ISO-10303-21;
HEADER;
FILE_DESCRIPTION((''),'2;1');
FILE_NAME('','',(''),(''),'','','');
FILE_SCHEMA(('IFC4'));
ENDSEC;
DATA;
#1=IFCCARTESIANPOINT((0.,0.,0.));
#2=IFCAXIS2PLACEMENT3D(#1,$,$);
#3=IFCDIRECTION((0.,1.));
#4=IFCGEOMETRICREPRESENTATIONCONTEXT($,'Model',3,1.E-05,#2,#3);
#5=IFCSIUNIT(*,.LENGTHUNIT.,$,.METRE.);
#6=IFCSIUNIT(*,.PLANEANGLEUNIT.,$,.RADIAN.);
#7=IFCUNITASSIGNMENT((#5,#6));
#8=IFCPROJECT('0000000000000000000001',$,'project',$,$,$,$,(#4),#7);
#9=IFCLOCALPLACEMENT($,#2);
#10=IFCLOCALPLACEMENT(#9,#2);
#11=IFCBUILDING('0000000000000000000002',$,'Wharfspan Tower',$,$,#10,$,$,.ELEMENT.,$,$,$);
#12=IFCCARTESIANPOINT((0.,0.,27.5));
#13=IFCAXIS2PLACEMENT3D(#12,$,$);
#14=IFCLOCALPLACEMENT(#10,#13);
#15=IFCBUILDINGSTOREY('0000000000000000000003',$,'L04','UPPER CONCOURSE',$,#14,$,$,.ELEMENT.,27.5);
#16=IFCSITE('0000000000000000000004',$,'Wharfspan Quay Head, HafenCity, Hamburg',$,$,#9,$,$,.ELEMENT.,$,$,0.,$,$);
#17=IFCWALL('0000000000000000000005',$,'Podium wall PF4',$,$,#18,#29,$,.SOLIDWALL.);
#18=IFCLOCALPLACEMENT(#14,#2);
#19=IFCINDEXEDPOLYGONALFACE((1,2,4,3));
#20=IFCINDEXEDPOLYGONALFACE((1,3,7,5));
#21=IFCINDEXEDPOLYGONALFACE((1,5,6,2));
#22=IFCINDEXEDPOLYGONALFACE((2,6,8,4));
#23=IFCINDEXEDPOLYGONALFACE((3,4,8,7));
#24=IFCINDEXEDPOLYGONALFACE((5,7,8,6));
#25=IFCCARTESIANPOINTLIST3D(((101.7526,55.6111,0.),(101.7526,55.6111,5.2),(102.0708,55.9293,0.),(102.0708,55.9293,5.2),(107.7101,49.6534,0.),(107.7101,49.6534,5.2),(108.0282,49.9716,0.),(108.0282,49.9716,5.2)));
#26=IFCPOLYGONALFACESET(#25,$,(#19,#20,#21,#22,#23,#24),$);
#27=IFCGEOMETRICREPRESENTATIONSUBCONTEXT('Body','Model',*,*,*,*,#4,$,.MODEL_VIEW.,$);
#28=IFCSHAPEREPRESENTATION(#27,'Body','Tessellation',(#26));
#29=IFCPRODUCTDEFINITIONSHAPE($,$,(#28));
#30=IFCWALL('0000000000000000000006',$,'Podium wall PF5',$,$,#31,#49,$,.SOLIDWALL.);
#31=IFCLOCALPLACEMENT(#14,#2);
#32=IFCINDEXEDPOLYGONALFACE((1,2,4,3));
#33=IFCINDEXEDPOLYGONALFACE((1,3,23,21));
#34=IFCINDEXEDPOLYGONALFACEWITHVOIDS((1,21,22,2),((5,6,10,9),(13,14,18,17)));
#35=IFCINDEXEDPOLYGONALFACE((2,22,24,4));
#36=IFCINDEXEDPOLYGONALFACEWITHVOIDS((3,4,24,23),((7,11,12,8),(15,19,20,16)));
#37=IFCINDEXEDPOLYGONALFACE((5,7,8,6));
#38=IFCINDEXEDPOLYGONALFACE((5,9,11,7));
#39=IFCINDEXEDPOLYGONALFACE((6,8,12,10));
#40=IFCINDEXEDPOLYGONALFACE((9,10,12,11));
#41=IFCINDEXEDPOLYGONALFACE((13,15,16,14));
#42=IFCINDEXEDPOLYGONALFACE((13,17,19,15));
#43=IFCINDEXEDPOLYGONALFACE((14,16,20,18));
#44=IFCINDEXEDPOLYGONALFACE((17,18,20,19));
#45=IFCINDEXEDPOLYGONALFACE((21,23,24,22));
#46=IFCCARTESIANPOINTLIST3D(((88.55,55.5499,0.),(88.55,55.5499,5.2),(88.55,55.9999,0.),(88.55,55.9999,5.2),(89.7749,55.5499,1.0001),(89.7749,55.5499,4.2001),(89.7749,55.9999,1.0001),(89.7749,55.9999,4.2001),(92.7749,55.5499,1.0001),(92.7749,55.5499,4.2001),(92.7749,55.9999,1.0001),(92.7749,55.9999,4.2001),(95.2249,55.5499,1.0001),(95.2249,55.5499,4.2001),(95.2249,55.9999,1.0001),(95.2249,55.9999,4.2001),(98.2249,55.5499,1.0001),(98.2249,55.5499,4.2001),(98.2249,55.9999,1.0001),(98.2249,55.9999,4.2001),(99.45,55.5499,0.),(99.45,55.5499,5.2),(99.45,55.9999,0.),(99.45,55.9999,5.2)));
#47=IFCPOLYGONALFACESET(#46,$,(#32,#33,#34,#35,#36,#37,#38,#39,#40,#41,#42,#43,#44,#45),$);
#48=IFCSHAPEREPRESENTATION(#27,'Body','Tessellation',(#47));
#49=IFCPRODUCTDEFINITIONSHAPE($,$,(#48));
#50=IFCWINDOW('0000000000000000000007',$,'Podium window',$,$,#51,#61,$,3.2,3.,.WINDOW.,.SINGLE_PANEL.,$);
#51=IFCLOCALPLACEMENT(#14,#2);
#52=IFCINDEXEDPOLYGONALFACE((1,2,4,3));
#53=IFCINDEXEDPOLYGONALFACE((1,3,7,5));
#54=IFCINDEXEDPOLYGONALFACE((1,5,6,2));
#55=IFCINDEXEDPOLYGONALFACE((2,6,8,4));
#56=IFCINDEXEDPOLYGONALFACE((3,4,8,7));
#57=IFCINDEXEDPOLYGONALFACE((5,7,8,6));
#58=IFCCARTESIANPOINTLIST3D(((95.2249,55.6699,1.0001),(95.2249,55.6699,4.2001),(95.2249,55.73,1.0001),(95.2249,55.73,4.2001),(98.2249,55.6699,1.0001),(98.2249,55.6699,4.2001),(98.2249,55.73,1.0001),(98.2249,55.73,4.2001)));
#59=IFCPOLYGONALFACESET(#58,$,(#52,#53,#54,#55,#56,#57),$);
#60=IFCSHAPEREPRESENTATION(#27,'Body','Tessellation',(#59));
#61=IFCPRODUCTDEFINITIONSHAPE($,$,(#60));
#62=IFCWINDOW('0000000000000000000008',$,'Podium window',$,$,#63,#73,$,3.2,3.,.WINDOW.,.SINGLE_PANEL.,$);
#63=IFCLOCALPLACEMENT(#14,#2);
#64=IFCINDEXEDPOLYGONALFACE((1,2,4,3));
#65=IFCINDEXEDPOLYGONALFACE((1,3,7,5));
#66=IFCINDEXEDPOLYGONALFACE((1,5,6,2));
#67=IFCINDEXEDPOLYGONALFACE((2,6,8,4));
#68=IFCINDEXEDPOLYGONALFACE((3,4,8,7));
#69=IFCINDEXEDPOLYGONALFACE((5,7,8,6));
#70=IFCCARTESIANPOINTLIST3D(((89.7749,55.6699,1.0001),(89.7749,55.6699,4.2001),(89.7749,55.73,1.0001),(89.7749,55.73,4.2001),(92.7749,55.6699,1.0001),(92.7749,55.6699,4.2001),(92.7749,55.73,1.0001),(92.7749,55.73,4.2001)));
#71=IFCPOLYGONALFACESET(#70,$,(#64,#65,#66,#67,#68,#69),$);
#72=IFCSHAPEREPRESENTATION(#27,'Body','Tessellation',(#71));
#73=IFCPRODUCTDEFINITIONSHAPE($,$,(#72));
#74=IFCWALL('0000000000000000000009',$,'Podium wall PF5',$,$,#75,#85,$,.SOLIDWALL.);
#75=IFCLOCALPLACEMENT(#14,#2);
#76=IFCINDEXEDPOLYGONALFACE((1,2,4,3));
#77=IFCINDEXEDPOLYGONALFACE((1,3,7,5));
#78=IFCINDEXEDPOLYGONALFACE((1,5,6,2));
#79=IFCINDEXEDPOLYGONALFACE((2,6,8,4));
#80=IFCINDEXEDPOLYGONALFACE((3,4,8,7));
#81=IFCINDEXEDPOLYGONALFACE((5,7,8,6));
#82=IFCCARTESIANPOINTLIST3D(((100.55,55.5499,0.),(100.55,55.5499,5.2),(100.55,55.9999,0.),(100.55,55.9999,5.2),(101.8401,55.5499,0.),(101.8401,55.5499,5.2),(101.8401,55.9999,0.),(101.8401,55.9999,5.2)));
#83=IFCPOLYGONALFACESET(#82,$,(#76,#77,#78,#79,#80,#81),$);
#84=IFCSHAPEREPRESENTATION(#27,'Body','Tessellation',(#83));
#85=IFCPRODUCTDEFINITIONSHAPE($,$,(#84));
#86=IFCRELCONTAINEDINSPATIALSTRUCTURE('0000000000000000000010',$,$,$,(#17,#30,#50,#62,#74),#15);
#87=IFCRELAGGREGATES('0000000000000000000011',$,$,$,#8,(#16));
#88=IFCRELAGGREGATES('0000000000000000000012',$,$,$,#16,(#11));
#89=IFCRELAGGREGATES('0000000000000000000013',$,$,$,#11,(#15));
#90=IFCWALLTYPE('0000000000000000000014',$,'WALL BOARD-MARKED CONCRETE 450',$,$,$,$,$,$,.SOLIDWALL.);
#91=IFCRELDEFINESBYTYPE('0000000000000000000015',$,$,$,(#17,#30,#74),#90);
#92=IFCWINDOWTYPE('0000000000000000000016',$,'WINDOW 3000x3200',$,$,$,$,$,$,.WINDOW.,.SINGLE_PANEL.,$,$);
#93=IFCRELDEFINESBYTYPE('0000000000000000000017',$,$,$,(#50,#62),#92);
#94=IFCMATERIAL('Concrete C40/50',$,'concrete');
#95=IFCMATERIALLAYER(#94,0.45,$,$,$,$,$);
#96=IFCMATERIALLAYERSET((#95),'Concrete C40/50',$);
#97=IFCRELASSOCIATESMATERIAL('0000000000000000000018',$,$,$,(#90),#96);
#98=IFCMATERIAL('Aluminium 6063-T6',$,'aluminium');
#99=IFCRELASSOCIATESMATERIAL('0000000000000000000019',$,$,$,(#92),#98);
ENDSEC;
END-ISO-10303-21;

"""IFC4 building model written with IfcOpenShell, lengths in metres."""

from ifc_helpers import new_model, si_unit, direction, frame, frame_2d, origin, place, context, subcontext, project, spatial, rectangle, extrude, material, layer, layer_set, type_object, element, fill, save


model = new_model("IFC4")

# Units and contexts
model_context = context("Model", 3, precision=1e-05, world=origin(), true_north=direction((0.0, 1.0)))
body_context = subcontext(model_context, "Body", "Model", "MODEL_VIEW")
ifc_project = project(units=[si_unit("LENGTHUNIT", "METRE"), si_unit("PLANEANGLEUNIT", "RADIAN")], contexts=[model_context])

# Site, building, storey
site_placement = place(None, origin())
site = spatial("IfcSite", under=ifc_project, at=site_placement, Name="Wharfspan Quay Head, HafenCity, Hamburg", CompositionType="ELEMENT", RefElevation=0.0)
building_placement = place(site_placement, origin())
building = spatial("IfcBuilding", under=site, at=building_placement, Name="Wharfspan Tower", CompositionType="ELEMENT")
storey_placement = place(building_placement, frame((0.0, 0.0, 27.5)))
storey = spatial("IfcBuildingStorey", under=building, at=storey_placement, Name="L04", Description="UPPER CONCOURSE", CompositionType="ELEMENT", Elevation=27.5)

# Shared definitions
ifc_material_1 = material(Name="Aluminium 6063-T6", Category="aluminium")

# Wall
ifc_material_2 = material(Name="Concrete C40/50", Category="concrete")
ifc_layer_1 = layer(ifc_material_2, 0.45)
ifc_layer_set_1 = layer_set([ifc_layer_1], Name="Concrete C40/50")
wall_type_1 = type_object("IfcWallType", Name="WALL BOARD-MARKED CONCRETE 450", PredefinedType="SOLIDWALL", material=ifc_layer_set_1)
wall_1_placement = place(storey_placement, frame((107.8691, 49.8125, 0.0), z_axis=(0.0, 0.0, 1.0), x_axis=(-0.707092, 0.707121, 0.0)))
element("IfcWall", 1, at=wall_1_placement, inside=storey, type_object=wall_type_1, Name="Podium wall PF4", PredefinedType="SOLIDWALL", context=body_context, shape_type="SweptSolid", body=[
    extrude(rectangle(XDim=8.4253, YDim=0.45, at=frame_2d((4.2126, 0.0))), origin(), (0.0, 0.0, 1.0), 5.2),
])

# Wall, openings, windows
wall_2_placement = place(storey_placement, frame((99.45, 55.7749, 0.0), z_axis=(0.0, 0.0, 1.0), x_axis=(-1.0, 0.0, 0.0)))
wall_2 = element("IfcWall", 2, at=wall_2_placement, inside=storey, type_object=wall_type_1, Name="Podium wall PF5", PredefinedType="SOLIDWALL", context=body_context, shape_type="SweptSolid", body=[
    extrude(rectangle(XDim=10.8999, YDim=0.45, at=frame_2d((5.45, 0.0))), origin(), (0.0, 0.0, 1.0), 5.2),
])
opening_1_placement = place(wall_2_placement, frame((1.2251, 0.0, 1.0)))
opening_1 = element("IfcOpeningElement", 3, at=opening_1_placement, cuts=wall_2, PredefinedType="OPENING", context=body_context, shape_type="SweptSolid", body=[
    extrude(rectangle(XDim=3.0, YDim=3.2, at=frame_2d((1.5, 1.6001))), frame((0.0, 0.2349, 0.0), z_axis=(0.0, -1.0, 0.0), x_axis=(1.0, 0.0, 0.0)), (0.0, 0.0, 1.0), 0.47),
])
opening_2_placement = place(wall_2_placement, frame((6.675, 0.0, 1.0)))
opening_2 = element("IfcOpeningElement", 4, at=opening_2_placement, cuts=wall_2, PredefinedType="OPENING", context=body_context, shape_type="SweptSolid", body=[
    extrude(rectangle(XDim=3.0, YDim=3.2, at=frame_2d((1.5, 1.6001))), frame((0.0, 0.2349, 0.0), z_axis=(0.0, -1.0, 0.0), x_axis=(1.0, 0.0, 0.0)), (0.0, 0.0, 1.0), 0.47),
])
window_type = type_object("IfcWindowType", Name="WINDOW 3000x3200", PartitioningType="SINGLE_PANEL", PredefinedType="WINDOW", material=ifc_material_1)
window_1_placement = place(opening_1_placement, origin())
window_1 = element("IfcWindow", 5, at=window_1_placement, inside=storey, type_object=window_type, Name="Podium window", OverallHeight=3.2, OverallWidth=3.0, PartitioningType="SINGLE_PANEL", PredefinedType="WINDOW", context=body_context, shape_type="SweptSolid", body=[
    extrude(rectangle(XDim=3.0, YDim=3.2, at=frame_2d((1.5, 1.6001))), frame((0.0, 0.105, 0.0), z_axis=(0.0, -1.0, 0.0), x_axis=(1.0, 0.0, 0.0)), (0.0, 0.0, 1.0), 0.0601),
])
fill(opening_1, window_1)
window_2_placement = place(opening_2_placement, origin())
window_2 = element("IfcWindow", 6, at=window_2_placement, inside=storey, type_object=window_type, Name="Podium window", OverallHeight=3.2, OverallWidth=3.0, PartitioningType="SINGLE_PANEL", PredefinedType="WINDOW", context=body_context, shape_type="SweptSolid", body=[
    extrude(rectangle(XDim=3.0, YDim=3.2, at=frame_2d((1.5, 1.6001))), frame((0.0, 0.105, 0.0), z_axis=(0.0, -1.0, 0.0), x_axis=(1.0, 0.0, 0.0)), (0.0, 0.0, 1.0), 0.0601),
])
fill(opening_2, window_2)

# Wall
wall_3_placement = place(storey_placement, frame((101.8401, 55.7749, 0.0), z_axis=(0.0, 0.0, 1.0), x_axis=(-1.0, 0.0, 0.0)))
element("IfcWall", 7, at=wall_3_placement, inside=storey, type_object=wall_type_1, Name="Podium wall PF5", PredefinedType="SOLIDWALL", context=body_context, shape_type="SweptSolid", body=[
    extrude(rectangle(XDim=1.29, YDim=0.45, at=frame_2d((0.645, 0.0))), origin(), (0.0, 0.0, 1.0), 5.2),
])

save(model, "model.ifc")
